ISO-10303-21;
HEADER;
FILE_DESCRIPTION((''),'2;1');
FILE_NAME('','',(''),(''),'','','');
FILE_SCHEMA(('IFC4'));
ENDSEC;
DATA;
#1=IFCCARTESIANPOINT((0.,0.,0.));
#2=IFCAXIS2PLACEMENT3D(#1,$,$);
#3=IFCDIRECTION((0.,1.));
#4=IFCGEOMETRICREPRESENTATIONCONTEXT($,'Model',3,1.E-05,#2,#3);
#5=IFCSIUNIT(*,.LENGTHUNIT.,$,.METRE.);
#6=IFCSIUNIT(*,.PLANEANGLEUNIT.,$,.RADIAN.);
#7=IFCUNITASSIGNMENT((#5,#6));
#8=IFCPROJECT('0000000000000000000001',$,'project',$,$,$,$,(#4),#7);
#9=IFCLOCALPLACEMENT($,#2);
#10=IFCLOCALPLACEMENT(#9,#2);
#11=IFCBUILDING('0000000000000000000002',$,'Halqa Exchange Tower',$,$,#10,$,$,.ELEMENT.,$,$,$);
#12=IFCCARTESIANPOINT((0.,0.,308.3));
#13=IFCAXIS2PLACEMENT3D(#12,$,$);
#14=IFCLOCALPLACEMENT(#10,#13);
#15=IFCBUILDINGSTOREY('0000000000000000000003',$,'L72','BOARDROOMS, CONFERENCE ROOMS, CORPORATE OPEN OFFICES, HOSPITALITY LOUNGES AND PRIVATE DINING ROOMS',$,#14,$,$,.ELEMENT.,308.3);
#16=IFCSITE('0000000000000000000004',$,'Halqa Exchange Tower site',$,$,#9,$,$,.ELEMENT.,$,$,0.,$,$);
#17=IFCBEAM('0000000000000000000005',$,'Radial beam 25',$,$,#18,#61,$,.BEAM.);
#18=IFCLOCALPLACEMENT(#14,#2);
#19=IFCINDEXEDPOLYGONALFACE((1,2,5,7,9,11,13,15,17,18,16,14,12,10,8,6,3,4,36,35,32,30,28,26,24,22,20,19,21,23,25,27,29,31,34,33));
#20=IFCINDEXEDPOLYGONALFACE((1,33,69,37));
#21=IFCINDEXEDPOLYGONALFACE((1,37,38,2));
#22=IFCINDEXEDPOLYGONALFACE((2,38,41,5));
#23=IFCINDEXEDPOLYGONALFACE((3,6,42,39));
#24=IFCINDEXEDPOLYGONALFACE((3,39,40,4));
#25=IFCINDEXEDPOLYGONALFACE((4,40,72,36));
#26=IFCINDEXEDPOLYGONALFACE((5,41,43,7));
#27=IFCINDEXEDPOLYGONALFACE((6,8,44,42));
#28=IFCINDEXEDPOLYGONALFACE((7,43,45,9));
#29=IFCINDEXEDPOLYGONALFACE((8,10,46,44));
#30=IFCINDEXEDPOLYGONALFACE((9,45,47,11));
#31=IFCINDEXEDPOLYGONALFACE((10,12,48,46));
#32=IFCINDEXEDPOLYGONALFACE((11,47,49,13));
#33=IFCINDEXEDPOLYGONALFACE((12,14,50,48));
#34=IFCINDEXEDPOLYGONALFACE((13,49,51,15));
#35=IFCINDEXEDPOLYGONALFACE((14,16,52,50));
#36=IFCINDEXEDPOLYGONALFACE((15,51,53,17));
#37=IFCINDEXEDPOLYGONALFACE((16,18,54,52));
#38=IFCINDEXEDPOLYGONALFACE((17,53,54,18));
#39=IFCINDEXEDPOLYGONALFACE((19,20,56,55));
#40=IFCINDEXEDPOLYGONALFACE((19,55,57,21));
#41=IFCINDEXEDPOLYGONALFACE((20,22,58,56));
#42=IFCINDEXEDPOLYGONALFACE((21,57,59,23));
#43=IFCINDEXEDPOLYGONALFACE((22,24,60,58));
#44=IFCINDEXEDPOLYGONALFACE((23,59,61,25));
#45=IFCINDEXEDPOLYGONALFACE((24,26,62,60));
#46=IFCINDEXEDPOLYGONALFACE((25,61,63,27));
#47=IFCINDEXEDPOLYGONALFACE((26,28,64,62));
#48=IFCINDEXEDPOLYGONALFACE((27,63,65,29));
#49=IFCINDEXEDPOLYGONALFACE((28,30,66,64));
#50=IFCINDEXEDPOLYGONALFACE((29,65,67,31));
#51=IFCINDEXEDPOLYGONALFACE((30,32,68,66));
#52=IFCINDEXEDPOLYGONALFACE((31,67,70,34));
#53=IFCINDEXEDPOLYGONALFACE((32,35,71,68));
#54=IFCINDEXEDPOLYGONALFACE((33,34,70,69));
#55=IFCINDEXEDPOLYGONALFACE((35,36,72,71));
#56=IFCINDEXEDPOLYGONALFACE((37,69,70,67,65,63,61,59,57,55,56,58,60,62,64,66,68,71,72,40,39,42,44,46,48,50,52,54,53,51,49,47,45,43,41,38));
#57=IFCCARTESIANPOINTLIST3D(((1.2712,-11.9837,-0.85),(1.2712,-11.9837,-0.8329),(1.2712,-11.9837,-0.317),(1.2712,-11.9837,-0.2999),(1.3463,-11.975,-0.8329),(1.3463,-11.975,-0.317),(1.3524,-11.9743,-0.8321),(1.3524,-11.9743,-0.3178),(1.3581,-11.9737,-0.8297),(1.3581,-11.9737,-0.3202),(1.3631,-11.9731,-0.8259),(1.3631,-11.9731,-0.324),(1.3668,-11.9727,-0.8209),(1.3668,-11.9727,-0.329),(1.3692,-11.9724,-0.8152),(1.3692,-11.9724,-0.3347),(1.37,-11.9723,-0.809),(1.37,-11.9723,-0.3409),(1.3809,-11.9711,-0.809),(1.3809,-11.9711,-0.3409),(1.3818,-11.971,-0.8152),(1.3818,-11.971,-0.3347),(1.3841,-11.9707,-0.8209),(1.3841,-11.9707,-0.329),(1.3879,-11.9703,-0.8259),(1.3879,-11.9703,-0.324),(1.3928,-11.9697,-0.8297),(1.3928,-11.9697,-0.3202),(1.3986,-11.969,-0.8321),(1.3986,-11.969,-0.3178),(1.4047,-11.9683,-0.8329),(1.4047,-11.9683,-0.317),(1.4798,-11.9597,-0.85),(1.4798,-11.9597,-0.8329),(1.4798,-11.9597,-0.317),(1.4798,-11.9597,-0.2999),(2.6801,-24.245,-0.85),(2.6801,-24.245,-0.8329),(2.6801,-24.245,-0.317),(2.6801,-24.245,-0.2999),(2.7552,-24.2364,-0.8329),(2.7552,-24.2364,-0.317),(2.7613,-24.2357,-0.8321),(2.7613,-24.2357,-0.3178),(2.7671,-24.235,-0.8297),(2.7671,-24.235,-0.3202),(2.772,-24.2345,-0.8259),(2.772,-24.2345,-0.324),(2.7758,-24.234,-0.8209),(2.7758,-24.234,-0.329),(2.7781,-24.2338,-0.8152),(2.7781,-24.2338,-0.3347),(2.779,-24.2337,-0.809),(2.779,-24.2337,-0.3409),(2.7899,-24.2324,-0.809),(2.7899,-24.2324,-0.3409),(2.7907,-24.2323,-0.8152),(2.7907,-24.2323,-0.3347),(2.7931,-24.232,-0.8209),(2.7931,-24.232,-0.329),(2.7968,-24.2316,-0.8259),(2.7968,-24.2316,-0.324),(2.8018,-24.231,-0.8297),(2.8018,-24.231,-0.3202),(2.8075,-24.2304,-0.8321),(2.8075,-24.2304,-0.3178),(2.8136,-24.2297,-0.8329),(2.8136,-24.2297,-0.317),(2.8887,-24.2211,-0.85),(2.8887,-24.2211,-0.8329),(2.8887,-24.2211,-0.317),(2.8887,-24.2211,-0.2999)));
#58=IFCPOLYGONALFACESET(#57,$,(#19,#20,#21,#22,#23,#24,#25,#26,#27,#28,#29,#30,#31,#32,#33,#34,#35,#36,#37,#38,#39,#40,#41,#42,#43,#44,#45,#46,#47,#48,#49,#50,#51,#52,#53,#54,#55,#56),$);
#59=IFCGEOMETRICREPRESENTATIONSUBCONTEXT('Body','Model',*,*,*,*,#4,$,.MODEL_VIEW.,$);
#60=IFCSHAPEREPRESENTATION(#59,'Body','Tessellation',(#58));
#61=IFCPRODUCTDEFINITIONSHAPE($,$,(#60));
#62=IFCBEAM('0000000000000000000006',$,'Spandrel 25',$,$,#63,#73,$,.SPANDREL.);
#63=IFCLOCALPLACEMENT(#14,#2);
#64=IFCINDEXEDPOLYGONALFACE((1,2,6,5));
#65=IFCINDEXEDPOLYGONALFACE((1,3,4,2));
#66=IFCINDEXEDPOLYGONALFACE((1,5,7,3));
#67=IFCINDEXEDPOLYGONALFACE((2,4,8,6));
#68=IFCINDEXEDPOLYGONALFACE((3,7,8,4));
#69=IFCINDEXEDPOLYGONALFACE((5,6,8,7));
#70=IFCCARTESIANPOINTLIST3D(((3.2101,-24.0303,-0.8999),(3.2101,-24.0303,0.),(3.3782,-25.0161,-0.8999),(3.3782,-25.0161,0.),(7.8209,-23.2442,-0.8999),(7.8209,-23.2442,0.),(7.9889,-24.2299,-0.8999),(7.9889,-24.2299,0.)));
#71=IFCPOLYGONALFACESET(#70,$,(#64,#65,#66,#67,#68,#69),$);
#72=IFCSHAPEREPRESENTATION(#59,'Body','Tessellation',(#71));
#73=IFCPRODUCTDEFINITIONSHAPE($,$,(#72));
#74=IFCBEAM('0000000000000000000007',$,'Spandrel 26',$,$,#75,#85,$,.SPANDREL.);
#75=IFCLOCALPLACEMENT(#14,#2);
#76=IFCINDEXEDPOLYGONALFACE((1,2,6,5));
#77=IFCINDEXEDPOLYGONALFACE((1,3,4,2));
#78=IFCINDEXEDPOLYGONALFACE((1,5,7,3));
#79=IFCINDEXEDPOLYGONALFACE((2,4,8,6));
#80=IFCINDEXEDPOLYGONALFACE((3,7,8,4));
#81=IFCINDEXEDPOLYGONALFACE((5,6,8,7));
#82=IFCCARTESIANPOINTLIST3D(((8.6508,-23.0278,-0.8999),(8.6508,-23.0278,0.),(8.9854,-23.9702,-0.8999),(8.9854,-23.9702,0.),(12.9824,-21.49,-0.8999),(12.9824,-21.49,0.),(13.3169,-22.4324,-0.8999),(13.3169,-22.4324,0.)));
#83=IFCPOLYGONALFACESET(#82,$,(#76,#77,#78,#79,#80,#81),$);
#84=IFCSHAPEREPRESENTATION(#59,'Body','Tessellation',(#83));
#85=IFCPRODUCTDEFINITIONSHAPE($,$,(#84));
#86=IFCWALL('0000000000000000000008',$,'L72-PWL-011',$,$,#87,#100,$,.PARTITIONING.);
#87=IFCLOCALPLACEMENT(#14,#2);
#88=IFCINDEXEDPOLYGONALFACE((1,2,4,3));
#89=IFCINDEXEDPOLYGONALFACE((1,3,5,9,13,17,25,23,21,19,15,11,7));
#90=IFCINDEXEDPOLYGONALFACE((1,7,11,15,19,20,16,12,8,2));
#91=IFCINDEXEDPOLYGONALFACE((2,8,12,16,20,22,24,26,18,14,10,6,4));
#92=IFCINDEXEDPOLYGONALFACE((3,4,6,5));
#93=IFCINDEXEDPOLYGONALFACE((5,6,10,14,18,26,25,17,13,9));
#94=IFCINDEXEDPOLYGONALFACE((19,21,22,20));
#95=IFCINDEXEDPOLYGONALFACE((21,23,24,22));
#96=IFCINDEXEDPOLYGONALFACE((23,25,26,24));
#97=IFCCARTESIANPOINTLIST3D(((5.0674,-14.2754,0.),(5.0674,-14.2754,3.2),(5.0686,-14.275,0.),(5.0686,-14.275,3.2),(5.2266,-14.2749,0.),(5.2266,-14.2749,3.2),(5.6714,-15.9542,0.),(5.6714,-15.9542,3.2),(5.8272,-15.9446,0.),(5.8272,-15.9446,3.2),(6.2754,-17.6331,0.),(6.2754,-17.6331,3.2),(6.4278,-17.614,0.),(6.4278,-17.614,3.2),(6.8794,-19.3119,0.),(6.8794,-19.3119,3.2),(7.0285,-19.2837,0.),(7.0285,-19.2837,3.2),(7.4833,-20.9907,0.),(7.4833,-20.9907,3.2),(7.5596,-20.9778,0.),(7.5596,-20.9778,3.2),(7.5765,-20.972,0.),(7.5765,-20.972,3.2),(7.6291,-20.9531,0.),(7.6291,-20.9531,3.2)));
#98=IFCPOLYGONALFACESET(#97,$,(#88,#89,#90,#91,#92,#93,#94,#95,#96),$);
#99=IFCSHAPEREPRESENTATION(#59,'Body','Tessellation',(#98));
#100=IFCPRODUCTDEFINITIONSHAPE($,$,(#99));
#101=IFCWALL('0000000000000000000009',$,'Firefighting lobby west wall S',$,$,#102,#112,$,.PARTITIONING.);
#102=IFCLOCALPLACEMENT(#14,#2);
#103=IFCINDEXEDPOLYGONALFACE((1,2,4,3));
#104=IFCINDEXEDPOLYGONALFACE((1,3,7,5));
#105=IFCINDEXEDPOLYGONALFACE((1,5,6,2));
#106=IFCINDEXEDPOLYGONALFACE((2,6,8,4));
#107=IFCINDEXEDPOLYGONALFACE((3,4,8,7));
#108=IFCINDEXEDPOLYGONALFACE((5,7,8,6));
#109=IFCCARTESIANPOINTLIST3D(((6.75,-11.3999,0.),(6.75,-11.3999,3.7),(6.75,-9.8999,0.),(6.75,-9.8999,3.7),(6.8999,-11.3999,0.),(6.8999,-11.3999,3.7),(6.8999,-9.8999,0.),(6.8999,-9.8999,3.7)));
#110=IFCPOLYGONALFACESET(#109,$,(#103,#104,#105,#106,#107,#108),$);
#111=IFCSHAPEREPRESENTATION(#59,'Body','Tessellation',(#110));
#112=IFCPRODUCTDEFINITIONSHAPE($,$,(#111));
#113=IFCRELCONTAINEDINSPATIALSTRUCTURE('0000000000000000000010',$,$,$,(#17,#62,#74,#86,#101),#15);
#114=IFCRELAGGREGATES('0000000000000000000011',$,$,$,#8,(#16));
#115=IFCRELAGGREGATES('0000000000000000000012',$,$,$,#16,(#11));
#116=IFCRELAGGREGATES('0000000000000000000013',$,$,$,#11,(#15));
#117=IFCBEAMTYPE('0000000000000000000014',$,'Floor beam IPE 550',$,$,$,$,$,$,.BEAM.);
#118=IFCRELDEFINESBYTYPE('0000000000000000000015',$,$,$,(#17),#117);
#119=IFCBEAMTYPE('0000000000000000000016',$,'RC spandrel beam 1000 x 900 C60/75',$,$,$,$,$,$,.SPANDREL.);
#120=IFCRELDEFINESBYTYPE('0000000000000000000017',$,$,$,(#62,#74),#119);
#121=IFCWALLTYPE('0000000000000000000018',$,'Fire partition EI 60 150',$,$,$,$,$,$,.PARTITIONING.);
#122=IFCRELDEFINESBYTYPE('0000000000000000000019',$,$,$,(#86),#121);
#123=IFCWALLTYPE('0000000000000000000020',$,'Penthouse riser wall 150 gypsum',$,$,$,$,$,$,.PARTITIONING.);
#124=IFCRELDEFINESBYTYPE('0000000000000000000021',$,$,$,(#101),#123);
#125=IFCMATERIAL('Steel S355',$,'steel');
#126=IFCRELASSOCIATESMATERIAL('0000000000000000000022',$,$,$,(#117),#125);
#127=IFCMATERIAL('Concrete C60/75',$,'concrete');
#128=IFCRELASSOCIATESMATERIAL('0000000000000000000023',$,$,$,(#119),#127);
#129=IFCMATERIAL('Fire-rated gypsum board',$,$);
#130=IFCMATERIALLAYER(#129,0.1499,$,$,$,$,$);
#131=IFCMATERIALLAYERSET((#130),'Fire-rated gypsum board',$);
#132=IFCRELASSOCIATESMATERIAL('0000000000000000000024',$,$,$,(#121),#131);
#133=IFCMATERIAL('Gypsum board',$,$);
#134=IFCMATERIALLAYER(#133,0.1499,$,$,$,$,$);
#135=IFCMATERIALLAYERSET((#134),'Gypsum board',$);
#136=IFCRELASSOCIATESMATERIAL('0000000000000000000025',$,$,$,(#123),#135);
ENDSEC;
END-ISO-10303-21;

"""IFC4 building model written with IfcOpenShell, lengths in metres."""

from ifc_helpers import new_model, si_unit, direction, frame, frame_2d, origin, origin_2d, place, context, subcontext, project, spatial, polyline, rectangle, i_section, outline, extrude, material, layer, layer_set, material_profile, profile_set, type_object, element, save


model = new_model("IFC4")

# Units and contexts
model_context = context("Model", 3, precision=1e-05, world=origin(), true_north=direction((0.0, 1.0)))
body_context = subcontext(model_context, "Body", "Model", "MODEL_VIEW")
ifc_project = project(units=[si_unit("LENGTHUNIT", "METRE"), si_unit("PLANEANGLEUNIT", "RADIAN")], contexts=[model_context])

# Site, building, storey
site_placement = place(None, origin())
site = spatial("IfcSite", under=ifc_project, at=site_placement, Name="Halqa Exchange Tower site", CompositionType="ELEMENT", RefElevation=0.0)
building_placement = place(site_placement, origin())
building = spatial("IfcBuilding", under=site, at=building_placement, Name="Halqa Exchange Tower", CompositionType="ELEMENT")
storey_placement = place(building_placement, frame((0.0, 0.0, 308.3)))
storey = spatial("IfcBuildingStorey", under=building, at=storey_placement, Name="L72", Description="BOARDROOMS, CONFERENCE ROOMS, CORPORATE OPEN OFFICES, HOSPITALITY LOUNGES AND PRIVATE DINING ROOMS", CompositionType="ELEMENT", Elevation=308.3)

# Beams
ifc_material_1 = material(Name="Steel S355", Category="steel")
ifc_material_profile_1 = material_profile(ifc_material_1, i_section(OverallWidth=0.21, OverallDepth=0.55, WebThickness=0.011, FlangeThickness=0.0171, FilletRadius=0.0239, at=origin_2d()), Name="IPE 550")
ifc_profile_set_1 = profile_set([ifc_material_profile_1], Name="Steel S355")
beam_type_1 = type_object("IfcBeamType", Name="Floor beam IPE 550", PredefinedType="BEAM", material=ifc_profile_set_1)
beam_1_placement = place(storey_placement, frame((1.3755, -11.9717, -0.575), z_axis=(0.114156, -0.993463, 0.0), x_axis=(0.993463, 0.114156, 0.0)))
element("IfcBeam", 1, at=beam_1_placement, inside=storey, type_object=beam_type_1, Name="Radial beam 25", PredefinedType="BEAM", context=body_context, shape_type="SweptSolid", body=[
    extrude(i_section(OverallWidth=0.21, OverallDepth=0.55, WebThickness=0.011, FlangeThickness=0.0171, FilletRadius=0.0239, at=origin_2d()), origin(), (0.0, 0.0, 1.0), 12.342),
])
ifc_material_2 = material(Name="Concrete C60/75", Category="concrete")
ifc_material_profile_2 = material_profile(ifc_material_2, rectangle(XDim=1.0, YDim=0.8999, at=origin_2d()), Name="1000 x 900")
ifc_profile_set_2 = profile_set([ifc_material_profile_2], Name="Concrete C60/75")
beam_type_2 = type_object("IfcBeamType", Name="RC spandrel beam 1000 x 900 C60/75", PredefinedType="SPANDREL", material=ifc_profile_set_2)
beam_2_placement = place(storey_placement, frame((3.2942, -24.5232, -0.45), z_axis=(0.985773, 0.16808, 0.0), x_axis=(-0.16808, 0.985773, 0.0)))
element("IfcBeam", 2, at=beam_2_placement, inside=storey, type_object=beam_type_2, Name="Spandrel 25", PredefinedType="SPANDREL", context=body_context, shape_type="SweptSolid", body=[
    extrude(rectangle(XDim=1.0, YDim=0.8999, at=origin_2d()), origin(), (0.0, 0.0, 1.0), 4.6772),
])
beam_3_placement = place(storey_placement, frame((8.8181, -23.499, -0.45), z_axis=(0.94237, 0.334573, 0.0), x_axis=(-0.334573, 0.94237, 0.0)))
element("IfcBeam", 3, at=beam_3_placement, inside=storey, type_object=beam_type_2, Name="Spandrel 26", PredefinedType="SPANDREL", context=body_context, shape_type="SweptSolid", body=[
    extrude(rectangle(XDim=1.0, YDim=0.8999, at=origin_2d()), origin(), (0.0, 0.0, 1.0), 4.5964),
])

# Walls
ifc_material_3 = material(Name="Fire-rated gypsum board")
ifc_layer_1 = layer(ifc_material_3, 0.1499)
ifc_layer_set_1 = layer_set([ifc_layer_1], Name="Fire-rated gypsum board")
wall_type_1 = type_object("IfcWallType", Name="Fire partition EI 60 150", PredefinedType="PARTITIONING", material=ifc_layer_set_1)
wall_1_placement = place(storey_placement, frame((5.1379, -14.25, 0.0), z_axis=(0.0, 0.0, 1.0), x_axis=(0.33852, -0.940959, 0.0)))
element("IfcWall", 4, at=wall_1_placement, inside=storey, type_object=wall_type_1, Name="L72-PWL-011", PredefinedType="PARTITIONING", context=body_context, shape_type="SweptSolid", body=[
    extrude(outline(polyline([(0.0, -0.075), (1.7842, -0.075), (3.5684, -0.075), (5.3525, -0.075), (7.1367, -0.075), (7.1504, 0.0012), (7.1506, 0.019), (7.1506, 0.075), (5.3765, 0.075), (3.6021, 0.075), (1.8279, 0.075), (0.0535, 0.075), (0.0, -0.0737), (0.0, -0.075)])), origin(), (0.0, 0.0, 1.0), 3.2),
])
ifc_material_4 = material(Name="Gypsum board")
ifc_layer_2 = layer(ifc_material_4, 0.1499)
ifc_layer_set_2 = layer_set([ifc_layer_2], Name="Gypsum board")
wall_type_2 = type_object("IfcWallType", Name="Penthouse riser wall 150 gypsum", PredefinedType="PARTITIONING", material=ifc_layer_set_2)
wall_2_placement = place(storey_placement, frame((6.825, -11.3999, 0.0), z_axis=(0.0, 0.0, 1.0), x_axis=(0.0, 1.0, 0.0)))
element("IfcWall", 5, at=wall_2_placement, inside=storey, type_object=wall_type_2, Name="Firefighting lobby west wall S", PredefinedType="PARTITIONING", context=body_context, shape_type="SweptSolid", body=[
    extrude(rectangle(XDim=1.5, YDim=0.1499, at=frame_2d((0.75, 0.0))), origin(), (0.0, 0.0, 1.0), 3.7),
])

save(model, "model.ifc")
